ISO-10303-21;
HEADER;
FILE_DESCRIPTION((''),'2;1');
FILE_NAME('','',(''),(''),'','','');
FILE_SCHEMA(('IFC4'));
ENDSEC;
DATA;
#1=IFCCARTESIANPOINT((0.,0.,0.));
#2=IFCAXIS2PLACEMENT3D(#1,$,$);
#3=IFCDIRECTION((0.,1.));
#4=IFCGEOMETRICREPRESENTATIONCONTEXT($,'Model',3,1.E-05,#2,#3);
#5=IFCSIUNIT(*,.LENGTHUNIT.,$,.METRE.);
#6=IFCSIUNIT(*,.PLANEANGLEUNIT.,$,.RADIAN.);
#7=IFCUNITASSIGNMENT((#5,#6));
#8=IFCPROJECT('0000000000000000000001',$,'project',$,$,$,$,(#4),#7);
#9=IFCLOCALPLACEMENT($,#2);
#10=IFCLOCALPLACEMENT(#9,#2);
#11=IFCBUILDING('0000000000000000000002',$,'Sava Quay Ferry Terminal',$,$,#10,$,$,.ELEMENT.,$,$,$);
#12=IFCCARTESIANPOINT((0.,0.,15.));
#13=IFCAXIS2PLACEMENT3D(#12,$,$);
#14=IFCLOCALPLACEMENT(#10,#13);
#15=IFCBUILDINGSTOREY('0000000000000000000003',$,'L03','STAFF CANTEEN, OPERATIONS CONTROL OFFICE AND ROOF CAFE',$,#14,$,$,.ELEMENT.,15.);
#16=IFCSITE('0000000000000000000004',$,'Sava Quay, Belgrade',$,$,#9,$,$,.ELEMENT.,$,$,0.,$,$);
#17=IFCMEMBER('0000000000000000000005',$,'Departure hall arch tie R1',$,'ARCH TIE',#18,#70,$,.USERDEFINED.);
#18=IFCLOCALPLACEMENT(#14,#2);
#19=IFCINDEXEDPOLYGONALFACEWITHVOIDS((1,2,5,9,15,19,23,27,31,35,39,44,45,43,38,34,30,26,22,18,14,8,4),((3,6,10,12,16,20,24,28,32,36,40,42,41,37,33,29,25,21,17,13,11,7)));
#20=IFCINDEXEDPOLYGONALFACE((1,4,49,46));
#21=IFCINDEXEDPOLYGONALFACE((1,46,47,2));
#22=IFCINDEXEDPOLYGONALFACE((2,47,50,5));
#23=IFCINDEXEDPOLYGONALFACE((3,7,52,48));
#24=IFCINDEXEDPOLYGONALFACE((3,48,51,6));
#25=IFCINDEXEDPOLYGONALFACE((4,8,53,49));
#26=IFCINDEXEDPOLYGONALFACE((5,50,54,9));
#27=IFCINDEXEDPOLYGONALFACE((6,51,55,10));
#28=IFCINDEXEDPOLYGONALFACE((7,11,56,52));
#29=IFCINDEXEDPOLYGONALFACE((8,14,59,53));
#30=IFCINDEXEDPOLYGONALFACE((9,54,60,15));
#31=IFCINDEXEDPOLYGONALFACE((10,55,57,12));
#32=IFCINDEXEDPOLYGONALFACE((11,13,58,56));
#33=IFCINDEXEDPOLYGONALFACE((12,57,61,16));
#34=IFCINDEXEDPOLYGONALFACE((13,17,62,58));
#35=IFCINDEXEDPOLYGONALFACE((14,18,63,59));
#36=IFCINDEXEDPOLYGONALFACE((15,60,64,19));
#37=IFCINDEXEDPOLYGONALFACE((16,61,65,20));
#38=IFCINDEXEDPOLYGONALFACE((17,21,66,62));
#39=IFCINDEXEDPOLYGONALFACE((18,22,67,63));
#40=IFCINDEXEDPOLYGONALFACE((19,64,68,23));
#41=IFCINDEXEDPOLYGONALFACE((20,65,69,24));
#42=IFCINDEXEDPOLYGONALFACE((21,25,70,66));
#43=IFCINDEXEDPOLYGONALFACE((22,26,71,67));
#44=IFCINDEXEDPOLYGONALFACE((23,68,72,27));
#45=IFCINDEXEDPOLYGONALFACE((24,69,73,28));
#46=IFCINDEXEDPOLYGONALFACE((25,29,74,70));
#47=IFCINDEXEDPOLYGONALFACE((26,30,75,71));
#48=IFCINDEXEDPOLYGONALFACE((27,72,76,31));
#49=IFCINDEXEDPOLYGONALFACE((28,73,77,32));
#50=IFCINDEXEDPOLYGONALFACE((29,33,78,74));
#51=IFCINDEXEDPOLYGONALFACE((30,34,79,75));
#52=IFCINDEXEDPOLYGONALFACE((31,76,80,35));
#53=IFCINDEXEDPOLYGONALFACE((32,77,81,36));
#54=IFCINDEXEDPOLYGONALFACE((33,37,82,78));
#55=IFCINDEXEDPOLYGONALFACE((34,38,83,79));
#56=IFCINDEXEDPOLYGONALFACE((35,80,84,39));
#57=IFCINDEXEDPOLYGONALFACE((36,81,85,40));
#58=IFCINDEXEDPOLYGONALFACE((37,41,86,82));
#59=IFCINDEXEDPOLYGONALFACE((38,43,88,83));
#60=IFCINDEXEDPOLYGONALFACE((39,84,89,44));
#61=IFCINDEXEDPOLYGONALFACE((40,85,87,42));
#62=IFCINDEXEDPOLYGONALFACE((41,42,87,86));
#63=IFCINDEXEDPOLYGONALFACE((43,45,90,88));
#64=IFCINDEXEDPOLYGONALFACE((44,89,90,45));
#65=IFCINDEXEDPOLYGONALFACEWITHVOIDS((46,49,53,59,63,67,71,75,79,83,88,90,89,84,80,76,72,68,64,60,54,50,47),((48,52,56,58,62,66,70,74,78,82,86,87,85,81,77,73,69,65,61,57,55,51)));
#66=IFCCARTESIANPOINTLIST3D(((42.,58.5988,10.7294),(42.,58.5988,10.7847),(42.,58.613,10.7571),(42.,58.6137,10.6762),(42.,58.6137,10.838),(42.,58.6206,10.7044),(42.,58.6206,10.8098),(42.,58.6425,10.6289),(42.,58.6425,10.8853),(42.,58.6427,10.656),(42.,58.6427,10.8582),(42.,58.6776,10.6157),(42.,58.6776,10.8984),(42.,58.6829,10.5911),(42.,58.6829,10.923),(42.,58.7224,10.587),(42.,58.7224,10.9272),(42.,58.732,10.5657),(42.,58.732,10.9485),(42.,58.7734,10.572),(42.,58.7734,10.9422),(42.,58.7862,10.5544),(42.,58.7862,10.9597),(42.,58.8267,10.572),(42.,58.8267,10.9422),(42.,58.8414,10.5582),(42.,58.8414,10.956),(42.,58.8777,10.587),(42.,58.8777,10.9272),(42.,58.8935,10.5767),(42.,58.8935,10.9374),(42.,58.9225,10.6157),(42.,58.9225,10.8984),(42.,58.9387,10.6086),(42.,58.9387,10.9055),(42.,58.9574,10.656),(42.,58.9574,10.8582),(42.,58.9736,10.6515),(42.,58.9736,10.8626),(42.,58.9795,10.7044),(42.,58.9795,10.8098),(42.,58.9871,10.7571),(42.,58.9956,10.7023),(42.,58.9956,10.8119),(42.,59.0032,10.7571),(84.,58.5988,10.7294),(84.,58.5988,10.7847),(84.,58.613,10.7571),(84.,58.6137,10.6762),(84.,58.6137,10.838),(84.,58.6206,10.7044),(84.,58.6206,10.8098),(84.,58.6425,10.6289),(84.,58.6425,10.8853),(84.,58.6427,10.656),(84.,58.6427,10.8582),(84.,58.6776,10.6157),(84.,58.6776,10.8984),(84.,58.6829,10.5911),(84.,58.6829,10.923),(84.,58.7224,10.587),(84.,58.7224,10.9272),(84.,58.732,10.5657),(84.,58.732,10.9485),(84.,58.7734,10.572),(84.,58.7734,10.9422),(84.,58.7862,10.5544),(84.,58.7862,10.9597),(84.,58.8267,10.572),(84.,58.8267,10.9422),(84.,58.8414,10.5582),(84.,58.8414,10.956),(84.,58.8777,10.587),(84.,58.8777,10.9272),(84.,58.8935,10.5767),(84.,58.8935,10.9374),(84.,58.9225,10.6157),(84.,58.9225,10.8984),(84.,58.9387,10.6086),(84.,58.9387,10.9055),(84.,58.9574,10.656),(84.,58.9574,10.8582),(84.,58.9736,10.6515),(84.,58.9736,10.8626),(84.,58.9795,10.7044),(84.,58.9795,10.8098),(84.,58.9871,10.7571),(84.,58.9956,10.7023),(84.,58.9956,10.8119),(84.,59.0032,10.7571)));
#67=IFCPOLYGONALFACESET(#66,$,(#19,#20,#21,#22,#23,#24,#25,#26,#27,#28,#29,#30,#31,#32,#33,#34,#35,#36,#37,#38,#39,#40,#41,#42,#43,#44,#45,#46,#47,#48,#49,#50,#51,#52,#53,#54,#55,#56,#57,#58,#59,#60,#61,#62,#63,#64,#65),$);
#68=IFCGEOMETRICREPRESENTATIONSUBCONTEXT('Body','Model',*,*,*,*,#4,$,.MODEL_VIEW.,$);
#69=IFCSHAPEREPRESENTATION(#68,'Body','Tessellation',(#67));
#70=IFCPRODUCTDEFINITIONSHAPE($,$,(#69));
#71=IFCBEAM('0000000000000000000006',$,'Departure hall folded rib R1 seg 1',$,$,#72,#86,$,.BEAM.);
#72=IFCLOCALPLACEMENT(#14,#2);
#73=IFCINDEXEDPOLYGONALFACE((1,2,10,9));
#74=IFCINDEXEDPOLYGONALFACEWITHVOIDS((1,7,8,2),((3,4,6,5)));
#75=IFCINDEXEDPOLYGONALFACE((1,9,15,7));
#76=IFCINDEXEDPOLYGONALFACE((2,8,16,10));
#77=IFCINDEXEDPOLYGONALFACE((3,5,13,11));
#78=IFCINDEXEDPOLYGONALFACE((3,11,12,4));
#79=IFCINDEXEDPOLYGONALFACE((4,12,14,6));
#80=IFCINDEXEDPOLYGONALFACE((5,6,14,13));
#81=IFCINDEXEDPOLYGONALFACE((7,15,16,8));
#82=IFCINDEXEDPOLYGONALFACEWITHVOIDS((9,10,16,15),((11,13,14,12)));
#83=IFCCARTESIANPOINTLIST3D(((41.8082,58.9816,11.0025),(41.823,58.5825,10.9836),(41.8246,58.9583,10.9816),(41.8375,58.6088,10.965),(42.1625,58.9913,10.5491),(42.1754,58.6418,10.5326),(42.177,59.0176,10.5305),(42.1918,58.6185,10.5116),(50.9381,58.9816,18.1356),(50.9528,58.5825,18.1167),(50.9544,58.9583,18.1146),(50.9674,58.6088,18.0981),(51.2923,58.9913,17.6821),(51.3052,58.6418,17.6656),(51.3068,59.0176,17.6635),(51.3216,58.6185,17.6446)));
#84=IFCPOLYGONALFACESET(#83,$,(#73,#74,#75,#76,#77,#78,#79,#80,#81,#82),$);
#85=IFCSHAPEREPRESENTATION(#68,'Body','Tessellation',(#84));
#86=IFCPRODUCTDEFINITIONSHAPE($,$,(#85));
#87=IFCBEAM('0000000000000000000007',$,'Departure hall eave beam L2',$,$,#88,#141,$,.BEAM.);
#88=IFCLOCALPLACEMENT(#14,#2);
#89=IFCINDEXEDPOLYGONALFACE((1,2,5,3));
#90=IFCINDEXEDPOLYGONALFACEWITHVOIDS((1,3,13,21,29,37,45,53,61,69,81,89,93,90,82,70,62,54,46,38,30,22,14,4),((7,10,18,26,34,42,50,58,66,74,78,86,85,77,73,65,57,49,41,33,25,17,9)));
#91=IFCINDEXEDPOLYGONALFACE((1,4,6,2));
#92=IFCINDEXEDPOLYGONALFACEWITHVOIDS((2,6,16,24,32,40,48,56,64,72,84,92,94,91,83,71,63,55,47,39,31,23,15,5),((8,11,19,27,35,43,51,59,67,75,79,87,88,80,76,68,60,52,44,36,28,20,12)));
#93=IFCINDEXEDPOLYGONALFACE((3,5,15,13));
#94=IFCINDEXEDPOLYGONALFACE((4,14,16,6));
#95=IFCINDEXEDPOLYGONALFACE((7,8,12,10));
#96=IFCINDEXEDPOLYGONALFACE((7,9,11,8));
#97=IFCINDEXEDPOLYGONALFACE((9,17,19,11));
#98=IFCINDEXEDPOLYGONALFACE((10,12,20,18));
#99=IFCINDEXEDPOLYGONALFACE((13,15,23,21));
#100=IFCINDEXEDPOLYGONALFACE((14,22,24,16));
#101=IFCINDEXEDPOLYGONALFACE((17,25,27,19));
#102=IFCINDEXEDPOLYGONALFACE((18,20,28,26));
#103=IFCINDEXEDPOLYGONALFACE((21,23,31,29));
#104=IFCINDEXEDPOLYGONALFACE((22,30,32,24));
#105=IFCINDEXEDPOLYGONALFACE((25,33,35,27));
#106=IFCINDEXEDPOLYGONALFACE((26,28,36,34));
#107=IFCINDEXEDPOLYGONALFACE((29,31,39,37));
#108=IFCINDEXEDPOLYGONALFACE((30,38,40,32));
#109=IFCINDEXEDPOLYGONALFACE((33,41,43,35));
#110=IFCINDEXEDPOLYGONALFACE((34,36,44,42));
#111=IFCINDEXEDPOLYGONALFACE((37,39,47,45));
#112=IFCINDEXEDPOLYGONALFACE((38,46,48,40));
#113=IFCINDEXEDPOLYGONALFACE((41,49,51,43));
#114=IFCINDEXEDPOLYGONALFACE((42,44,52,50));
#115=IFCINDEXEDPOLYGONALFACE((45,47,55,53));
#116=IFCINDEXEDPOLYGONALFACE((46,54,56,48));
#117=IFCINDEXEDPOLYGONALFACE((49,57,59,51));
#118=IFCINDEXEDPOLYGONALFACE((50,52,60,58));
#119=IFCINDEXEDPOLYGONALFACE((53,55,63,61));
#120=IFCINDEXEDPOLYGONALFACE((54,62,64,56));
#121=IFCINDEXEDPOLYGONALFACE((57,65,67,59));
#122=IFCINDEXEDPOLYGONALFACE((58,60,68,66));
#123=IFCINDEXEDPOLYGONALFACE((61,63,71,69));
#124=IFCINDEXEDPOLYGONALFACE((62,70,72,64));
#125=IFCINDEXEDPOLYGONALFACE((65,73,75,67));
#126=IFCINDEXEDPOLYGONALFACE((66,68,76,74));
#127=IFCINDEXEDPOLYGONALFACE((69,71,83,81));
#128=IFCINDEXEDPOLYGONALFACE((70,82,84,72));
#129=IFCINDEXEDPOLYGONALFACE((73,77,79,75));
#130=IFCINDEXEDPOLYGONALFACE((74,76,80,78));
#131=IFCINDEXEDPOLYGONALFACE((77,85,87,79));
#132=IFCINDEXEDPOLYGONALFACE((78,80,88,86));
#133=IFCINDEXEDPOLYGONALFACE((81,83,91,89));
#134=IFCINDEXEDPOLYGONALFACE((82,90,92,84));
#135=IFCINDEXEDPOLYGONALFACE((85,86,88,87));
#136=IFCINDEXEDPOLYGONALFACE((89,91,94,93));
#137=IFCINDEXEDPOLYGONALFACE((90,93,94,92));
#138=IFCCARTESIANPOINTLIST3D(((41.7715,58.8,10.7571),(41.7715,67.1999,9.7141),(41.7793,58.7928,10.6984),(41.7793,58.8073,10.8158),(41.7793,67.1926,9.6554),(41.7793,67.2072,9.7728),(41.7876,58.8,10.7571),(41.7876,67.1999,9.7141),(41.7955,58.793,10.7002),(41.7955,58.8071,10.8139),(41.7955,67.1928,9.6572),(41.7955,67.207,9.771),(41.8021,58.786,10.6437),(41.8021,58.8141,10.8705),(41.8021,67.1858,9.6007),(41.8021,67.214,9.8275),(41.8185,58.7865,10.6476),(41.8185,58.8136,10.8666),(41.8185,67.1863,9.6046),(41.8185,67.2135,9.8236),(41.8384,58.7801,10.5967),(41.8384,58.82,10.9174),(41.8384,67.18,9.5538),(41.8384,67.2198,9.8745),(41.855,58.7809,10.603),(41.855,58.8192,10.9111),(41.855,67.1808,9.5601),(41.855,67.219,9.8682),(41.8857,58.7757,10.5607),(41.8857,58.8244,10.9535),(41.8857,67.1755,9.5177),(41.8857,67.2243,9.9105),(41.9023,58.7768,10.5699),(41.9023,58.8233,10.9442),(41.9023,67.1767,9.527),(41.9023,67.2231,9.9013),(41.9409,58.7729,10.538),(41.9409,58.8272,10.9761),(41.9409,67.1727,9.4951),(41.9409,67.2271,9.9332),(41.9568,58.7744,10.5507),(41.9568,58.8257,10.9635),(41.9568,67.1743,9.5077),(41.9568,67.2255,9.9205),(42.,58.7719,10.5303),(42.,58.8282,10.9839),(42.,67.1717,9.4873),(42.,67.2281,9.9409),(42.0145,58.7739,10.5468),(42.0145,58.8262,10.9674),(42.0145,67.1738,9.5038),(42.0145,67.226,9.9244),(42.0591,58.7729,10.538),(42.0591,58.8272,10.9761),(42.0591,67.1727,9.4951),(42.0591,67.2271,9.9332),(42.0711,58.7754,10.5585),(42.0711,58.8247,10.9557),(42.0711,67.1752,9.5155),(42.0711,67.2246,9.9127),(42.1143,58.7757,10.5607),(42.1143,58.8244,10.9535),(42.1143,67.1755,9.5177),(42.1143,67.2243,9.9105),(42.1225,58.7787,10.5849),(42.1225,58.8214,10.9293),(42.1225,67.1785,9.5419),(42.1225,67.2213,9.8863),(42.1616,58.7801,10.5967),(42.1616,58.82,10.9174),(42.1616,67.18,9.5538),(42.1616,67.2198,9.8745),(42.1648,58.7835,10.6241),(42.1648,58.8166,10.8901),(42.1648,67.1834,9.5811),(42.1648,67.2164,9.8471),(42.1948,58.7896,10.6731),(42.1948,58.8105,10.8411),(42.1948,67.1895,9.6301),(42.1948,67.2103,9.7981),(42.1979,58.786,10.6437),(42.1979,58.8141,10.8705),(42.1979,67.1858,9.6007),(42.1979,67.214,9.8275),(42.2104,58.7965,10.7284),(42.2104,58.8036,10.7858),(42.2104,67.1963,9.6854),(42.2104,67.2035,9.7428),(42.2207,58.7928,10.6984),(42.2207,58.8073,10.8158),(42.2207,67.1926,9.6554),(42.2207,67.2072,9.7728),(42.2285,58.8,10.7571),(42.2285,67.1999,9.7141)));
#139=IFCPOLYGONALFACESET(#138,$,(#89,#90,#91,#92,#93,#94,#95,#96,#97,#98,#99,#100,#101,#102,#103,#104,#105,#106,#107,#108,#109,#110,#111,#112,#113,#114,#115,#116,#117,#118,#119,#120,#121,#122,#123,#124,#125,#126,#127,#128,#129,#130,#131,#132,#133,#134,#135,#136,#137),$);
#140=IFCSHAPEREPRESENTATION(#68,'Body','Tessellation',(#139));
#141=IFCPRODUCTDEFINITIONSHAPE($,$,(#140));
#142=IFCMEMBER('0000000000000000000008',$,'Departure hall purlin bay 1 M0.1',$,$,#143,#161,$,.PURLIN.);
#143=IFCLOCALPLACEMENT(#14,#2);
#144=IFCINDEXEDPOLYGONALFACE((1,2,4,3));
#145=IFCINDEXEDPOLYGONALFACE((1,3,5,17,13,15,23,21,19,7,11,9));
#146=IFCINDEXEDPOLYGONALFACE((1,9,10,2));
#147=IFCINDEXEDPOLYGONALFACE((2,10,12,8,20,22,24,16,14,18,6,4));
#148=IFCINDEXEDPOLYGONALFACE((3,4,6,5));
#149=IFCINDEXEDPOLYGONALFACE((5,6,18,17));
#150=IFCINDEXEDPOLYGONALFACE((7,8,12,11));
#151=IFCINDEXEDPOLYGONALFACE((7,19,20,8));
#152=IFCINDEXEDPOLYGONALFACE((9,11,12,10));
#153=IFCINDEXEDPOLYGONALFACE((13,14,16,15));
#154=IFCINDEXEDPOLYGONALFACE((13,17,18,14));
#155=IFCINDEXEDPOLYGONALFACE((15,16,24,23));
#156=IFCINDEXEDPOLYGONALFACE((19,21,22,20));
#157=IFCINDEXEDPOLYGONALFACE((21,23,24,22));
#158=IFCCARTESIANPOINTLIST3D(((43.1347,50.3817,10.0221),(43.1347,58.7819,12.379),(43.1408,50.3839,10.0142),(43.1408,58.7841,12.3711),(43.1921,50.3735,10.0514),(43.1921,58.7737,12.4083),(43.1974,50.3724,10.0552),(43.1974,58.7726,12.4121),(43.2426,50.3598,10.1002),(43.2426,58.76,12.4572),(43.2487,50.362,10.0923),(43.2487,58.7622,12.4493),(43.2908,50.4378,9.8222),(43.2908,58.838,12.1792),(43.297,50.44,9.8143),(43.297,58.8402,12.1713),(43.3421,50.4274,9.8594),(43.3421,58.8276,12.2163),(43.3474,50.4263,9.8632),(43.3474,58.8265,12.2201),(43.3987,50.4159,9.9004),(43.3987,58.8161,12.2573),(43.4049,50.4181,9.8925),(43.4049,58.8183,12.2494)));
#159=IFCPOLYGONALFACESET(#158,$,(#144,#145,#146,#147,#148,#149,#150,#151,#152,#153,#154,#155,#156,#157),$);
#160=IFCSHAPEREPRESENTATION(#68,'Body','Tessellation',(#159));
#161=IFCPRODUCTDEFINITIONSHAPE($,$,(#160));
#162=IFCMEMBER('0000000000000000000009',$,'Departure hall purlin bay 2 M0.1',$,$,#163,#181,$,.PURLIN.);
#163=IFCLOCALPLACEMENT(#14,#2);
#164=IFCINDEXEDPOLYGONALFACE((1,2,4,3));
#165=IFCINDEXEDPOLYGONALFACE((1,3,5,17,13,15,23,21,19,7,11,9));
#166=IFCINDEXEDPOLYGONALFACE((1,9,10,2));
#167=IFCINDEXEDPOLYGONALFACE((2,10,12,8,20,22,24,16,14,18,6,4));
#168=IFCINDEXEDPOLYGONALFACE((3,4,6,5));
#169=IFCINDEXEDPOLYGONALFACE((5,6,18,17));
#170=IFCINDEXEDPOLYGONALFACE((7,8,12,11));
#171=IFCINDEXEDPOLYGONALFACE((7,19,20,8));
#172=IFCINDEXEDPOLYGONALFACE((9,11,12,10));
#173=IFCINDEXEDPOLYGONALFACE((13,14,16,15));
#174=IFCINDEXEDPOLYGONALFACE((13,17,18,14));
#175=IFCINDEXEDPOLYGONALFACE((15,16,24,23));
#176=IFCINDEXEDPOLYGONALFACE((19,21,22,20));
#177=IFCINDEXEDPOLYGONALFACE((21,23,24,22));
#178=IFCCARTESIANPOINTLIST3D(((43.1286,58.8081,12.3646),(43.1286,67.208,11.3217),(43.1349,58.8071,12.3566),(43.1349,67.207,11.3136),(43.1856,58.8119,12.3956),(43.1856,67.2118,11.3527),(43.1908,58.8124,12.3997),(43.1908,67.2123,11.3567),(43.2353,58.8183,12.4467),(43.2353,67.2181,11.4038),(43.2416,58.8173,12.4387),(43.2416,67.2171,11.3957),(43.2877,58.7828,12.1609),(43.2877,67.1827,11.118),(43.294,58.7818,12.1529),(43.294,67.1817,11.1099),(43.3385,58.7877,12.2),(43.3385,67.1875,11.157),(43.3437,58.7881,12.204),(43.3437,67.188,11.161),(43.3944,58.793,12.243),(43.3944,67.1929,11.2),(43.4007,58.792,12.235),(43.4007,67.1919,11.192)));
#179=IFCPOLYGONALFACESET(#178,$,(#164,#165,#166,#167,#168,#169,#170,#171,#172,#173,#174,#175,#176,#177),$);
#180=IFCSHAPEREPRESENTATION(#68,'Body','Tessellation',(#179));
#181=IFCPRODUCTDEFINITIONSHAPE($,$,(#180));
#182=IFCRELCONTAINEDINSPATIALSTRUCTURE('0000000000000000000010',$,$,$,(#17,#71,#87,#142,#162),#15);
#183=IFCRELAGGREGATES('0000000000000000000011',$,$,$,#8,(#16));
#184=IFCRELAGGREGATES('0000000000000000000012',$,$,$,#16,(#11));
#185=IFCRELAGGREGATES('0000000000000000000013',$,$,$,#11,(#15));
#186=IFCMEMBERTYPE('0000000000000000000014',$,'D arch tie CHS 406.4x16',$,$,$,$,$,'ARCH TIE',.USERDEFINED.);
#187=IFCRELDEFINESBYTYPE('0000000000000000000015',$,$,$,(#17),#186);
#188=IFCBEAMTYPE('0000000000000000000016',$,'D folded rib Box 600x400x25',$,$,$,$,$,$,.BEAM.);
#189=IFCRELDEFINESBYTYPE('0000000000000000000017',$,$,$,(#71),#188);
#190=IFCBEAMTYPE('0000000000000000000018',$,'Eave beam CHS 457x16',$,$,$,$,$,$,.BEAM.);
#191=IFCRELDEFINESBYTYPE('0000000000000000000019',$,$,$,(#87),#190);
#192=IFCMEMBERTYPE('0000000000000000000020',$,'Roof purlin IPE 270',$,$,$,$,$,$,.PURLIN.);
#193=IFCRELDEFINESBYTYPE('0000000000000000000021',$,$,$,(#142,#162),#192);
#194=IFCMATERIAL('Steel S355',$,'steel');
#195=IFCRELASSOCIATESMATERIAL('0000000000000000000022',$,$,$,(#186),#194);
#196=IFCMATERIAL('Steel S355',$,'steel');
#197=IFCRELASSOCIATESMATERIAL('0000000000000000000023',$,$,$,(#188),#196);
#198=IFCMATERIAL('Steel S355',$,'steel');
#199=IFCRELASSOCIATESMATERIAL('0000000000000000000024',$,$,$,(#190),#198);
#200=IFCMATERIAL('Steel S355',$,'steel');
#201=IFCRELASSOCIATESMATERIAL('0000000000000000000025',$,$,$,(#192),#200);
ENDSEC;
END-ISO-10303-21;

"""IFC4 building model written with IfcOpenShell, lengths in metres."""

from ifc_helpers import new_model, si_unit, direction, frame, origin, origin_2d, place, context, subcontext, project, spatial, polyline, hollow_circle, i_section, outline, extrude, material, material_profile, profile_set, type_object, element, save


model = new_model("IFC4")

# Units and contexts
model_context = context("Model", 3, precision=1e-05, world=origin(), true_north=direction((0.0, 1.0)))
body_context = subcontext(model_context, "Body", "Model", "MODEL_VIEW")
ifc_project = project(units=[si_unit("LENGTHUNIT", "METRE"), si_unit("PLANEANGLEUNIT", "RADIAN")], contexts=[model_context])

# Site, building, storey
site_placement = place(None, origin())
site = spatial("IfcSite", under=ifc_project, at=site_placement, Name="Sava Quay, Belgrade", CompositionType="ELEMENT", RefElevation=0.0)
building_placement = place(site_placement, origin())
building = spatial("IfcBuilding", under=site, at=building_placement, Name="Sava Quay Ferry Terminal", CompositionType="ELEMENT")
storey_placement = place(building_placement, frame((0.0, 0.0, 15.0)))
storey = spatial("IfcBuildingStorey", under=building, at=storey_placement, Name="L03", Description="STAFF CANTEEN, OPERATIONS CONTROL OFFICE AND ROOF CAFE", CompositionType="ELEMENT", Elevation=15.0)

# Member
ifc_material_1 = material(Name="Steel S355", Category="steel")
ifc_material_profile_1 = material_profile(ifc_material_1, hollow_circle(Radius=0.2031, WallThickness=0.0161, at=origin_2d()), Name="CHS 406.4 x 16.0")
ifc_profile_set_1 = profile_set([ifc_material_profile_1], Name="Steel S355")
member_type_1 = type_object("IfcMemberType", Name="D arch tie CHS 406.4x16", ElementType="ARCH TIE", PredefinedType="USERDEFINED", material=ifc_profile_set_1)
member_1_placement = place(storey_placement, frame((42.0, 58.8, 10.7571), z_axis=(1.0, 0.0, 0.0), x_axis=(0.0, 1.0, 0.0)))
element("IfcMember", 1, at=member_1_placement, inside=storey, type_object=member_type_1, Name="Departure hall arch tie R1", ObjectType="ARCH TIE", PredefinedType="USERDEFINED", context=body_context, shape_type="SweptSolid", body=[
    extrude(hollow_circle(Radius=0.2031, WallThickness=0.0161, at=origin_2d()), origin(), (0.0, 0.0, 1.0), 42.0),
])

# Beams
ifc_material_2 = material(Name="Steel S355", Category="steel")
ifc_material_profile_2 = material_profile(ifc_material_2, outline(polyline([(-0.2, -0.3), (0.2, -0.3), (0.2, 0.3), (-0.2, 0.3), (-0.2, -0.3)]), holes=[polyline([(-0.175, -0.2749), (-0.175, 0.2749), (0.175, 0.2749), (0.175, -0.2749), (-0.175, -0.2749)])]), Name="Box 600x400x25 built-up")
ifc_profile_set_2 = profile_set([ifc_material_profile_2], Name="Steel S355")
beam_type_1 = type_object("IfcBeamType", Name="D folded rib Box 600x400x25", PredefinedType="BEAM", material=ifc_profile_set_2)
beam_1_placement = place(storey_placement, frame((42.0, 58.8, 10.7571), z_axis=(0.78801, 0.0, 0.615662), x_axis=(-0.036941, 0.998198, 0.047282)))
element("IfcBeam", 2, at=beam_1_placement, inside=storey, type_object=beam_type_1, Name="Departure hall folded rib R1 seg 1", PredefinedType="BEAM", context=body_context, shape_type="SweptSolid", body=[
    extrude(outline(polyline([(-0.2, -0.3), (0.2, -0.3), (0.2, 0.3), (-0.2, 0.3), (-0.2, -0.3)]), holes=[polyline([(-0.175, -0.2749), (-0.175, 0.2749), (0.175, 0.2749), (0.175, -0.2749), (-0.175, -0.2749)])]), origin(), (0.0, 0.0, 1.0), 11.5859),
])
ifc_material_3 = material(Name="Steel S355", Category="steel")
ifc_material_profile_3 = material_profile(ifc_material_3, hollow_circle(Radius=0.2285, WallThickness=0.0161, at=origin_2d()), Name="CHS 457 x 16.0")
ifc_profile_set_3 = profile_set([ifc_material_profile_3], Name="Steel S355")
beam_type_2 = type_object("IfcBeamType", Name="Eave beam CHS 457x16", PredefinedType="BEAM", material=ifc_profile_set_3)
beam_2_placement = place(storey_placement, frame((42.0, 58.8, 10.7571), z_axis=(0.0, 0.99238, -0.123218), x_axis=(-1.0, 0.0, 0.0)))
element("IfcBeam", 3, at=beam_2_placement, inside=storey, type_object=beam_type_2, Name="Departure hall eave beam L2", PredefinedType="BEAM", context=body_context, shape_type="SweptSolid", body=[
    extrude(hollow_circle(Radius=0.2285, WallThickness=0.0161, at=origin_2d()), origin(), (0.0, 0.0, 1.0), 8.4644),
])

# Members
ifc_material_4 = material(Name="Steel S355", Category="steel")
ifc_material_profile_4 = material_profile(ifc_material_4, i_section(OverallWidth=0.135, OverallDepth=0.27, WebThickness=0.0066, FlangeThickness=0.0103, at=origin_2d()), Name="IPE 270")
ifc_profile_set_4 = profile_set([ifc_material_profile_4], Name="Steel S355")
member_type_2 = type_object("IfcMemberType", Name="Roof purlin IPE 270", PredefinedType="PURLIN", material=ifc_profile_set_4)
member_2_placement = place(storey_placement, frame((43.2698, 50.3999, 9.9573), z_axis=(0.0, 0.962818, 0.27015), x_axis=(-0.799142, 0.162398, -0.57879)))
element("IfcMember", 4, at=member_2_placement, inside=storey, type_object=member_type_2, Name="Departure hall purlin bay 1 M0.1", PredefinedType="PURLIN", context=body_context, shape_type="SweptSolid", body=[
    extrude(i_section(OverallWidth=0.135, OverallDepth=0.27, WebThickness=0.0066, FlangeThickness=0.0103, at=origin_2d()), origin(), (0.0, 0.0, 1.0), 8.7246),
])
member_3_placement = place(storey_placement, frame((43.2646, 58.8, 12.2998), z_axis=(0.0, 0.99238, -0.123218), x_axis=(-0.790288, -0.0755, -0.608066)))
element("IfcMember", 5, at=member_3_placement, inside=storey, type_object=member_type_2, Name="Departure hall purlin bay 2 M0.1", PredefinedType="PURLIN", context=body_context, shape_type="SweptSolid", body=[
    extrude(i_section(OverallWidth=0.135, OverallDepth=0.27, WebThickness=0.0066, FlangeThickness=0.0103, at=origin_2d()), origin(), (0.0, 0.0, 1.0), 8.4644),
])

save(model, "model.ifc")
